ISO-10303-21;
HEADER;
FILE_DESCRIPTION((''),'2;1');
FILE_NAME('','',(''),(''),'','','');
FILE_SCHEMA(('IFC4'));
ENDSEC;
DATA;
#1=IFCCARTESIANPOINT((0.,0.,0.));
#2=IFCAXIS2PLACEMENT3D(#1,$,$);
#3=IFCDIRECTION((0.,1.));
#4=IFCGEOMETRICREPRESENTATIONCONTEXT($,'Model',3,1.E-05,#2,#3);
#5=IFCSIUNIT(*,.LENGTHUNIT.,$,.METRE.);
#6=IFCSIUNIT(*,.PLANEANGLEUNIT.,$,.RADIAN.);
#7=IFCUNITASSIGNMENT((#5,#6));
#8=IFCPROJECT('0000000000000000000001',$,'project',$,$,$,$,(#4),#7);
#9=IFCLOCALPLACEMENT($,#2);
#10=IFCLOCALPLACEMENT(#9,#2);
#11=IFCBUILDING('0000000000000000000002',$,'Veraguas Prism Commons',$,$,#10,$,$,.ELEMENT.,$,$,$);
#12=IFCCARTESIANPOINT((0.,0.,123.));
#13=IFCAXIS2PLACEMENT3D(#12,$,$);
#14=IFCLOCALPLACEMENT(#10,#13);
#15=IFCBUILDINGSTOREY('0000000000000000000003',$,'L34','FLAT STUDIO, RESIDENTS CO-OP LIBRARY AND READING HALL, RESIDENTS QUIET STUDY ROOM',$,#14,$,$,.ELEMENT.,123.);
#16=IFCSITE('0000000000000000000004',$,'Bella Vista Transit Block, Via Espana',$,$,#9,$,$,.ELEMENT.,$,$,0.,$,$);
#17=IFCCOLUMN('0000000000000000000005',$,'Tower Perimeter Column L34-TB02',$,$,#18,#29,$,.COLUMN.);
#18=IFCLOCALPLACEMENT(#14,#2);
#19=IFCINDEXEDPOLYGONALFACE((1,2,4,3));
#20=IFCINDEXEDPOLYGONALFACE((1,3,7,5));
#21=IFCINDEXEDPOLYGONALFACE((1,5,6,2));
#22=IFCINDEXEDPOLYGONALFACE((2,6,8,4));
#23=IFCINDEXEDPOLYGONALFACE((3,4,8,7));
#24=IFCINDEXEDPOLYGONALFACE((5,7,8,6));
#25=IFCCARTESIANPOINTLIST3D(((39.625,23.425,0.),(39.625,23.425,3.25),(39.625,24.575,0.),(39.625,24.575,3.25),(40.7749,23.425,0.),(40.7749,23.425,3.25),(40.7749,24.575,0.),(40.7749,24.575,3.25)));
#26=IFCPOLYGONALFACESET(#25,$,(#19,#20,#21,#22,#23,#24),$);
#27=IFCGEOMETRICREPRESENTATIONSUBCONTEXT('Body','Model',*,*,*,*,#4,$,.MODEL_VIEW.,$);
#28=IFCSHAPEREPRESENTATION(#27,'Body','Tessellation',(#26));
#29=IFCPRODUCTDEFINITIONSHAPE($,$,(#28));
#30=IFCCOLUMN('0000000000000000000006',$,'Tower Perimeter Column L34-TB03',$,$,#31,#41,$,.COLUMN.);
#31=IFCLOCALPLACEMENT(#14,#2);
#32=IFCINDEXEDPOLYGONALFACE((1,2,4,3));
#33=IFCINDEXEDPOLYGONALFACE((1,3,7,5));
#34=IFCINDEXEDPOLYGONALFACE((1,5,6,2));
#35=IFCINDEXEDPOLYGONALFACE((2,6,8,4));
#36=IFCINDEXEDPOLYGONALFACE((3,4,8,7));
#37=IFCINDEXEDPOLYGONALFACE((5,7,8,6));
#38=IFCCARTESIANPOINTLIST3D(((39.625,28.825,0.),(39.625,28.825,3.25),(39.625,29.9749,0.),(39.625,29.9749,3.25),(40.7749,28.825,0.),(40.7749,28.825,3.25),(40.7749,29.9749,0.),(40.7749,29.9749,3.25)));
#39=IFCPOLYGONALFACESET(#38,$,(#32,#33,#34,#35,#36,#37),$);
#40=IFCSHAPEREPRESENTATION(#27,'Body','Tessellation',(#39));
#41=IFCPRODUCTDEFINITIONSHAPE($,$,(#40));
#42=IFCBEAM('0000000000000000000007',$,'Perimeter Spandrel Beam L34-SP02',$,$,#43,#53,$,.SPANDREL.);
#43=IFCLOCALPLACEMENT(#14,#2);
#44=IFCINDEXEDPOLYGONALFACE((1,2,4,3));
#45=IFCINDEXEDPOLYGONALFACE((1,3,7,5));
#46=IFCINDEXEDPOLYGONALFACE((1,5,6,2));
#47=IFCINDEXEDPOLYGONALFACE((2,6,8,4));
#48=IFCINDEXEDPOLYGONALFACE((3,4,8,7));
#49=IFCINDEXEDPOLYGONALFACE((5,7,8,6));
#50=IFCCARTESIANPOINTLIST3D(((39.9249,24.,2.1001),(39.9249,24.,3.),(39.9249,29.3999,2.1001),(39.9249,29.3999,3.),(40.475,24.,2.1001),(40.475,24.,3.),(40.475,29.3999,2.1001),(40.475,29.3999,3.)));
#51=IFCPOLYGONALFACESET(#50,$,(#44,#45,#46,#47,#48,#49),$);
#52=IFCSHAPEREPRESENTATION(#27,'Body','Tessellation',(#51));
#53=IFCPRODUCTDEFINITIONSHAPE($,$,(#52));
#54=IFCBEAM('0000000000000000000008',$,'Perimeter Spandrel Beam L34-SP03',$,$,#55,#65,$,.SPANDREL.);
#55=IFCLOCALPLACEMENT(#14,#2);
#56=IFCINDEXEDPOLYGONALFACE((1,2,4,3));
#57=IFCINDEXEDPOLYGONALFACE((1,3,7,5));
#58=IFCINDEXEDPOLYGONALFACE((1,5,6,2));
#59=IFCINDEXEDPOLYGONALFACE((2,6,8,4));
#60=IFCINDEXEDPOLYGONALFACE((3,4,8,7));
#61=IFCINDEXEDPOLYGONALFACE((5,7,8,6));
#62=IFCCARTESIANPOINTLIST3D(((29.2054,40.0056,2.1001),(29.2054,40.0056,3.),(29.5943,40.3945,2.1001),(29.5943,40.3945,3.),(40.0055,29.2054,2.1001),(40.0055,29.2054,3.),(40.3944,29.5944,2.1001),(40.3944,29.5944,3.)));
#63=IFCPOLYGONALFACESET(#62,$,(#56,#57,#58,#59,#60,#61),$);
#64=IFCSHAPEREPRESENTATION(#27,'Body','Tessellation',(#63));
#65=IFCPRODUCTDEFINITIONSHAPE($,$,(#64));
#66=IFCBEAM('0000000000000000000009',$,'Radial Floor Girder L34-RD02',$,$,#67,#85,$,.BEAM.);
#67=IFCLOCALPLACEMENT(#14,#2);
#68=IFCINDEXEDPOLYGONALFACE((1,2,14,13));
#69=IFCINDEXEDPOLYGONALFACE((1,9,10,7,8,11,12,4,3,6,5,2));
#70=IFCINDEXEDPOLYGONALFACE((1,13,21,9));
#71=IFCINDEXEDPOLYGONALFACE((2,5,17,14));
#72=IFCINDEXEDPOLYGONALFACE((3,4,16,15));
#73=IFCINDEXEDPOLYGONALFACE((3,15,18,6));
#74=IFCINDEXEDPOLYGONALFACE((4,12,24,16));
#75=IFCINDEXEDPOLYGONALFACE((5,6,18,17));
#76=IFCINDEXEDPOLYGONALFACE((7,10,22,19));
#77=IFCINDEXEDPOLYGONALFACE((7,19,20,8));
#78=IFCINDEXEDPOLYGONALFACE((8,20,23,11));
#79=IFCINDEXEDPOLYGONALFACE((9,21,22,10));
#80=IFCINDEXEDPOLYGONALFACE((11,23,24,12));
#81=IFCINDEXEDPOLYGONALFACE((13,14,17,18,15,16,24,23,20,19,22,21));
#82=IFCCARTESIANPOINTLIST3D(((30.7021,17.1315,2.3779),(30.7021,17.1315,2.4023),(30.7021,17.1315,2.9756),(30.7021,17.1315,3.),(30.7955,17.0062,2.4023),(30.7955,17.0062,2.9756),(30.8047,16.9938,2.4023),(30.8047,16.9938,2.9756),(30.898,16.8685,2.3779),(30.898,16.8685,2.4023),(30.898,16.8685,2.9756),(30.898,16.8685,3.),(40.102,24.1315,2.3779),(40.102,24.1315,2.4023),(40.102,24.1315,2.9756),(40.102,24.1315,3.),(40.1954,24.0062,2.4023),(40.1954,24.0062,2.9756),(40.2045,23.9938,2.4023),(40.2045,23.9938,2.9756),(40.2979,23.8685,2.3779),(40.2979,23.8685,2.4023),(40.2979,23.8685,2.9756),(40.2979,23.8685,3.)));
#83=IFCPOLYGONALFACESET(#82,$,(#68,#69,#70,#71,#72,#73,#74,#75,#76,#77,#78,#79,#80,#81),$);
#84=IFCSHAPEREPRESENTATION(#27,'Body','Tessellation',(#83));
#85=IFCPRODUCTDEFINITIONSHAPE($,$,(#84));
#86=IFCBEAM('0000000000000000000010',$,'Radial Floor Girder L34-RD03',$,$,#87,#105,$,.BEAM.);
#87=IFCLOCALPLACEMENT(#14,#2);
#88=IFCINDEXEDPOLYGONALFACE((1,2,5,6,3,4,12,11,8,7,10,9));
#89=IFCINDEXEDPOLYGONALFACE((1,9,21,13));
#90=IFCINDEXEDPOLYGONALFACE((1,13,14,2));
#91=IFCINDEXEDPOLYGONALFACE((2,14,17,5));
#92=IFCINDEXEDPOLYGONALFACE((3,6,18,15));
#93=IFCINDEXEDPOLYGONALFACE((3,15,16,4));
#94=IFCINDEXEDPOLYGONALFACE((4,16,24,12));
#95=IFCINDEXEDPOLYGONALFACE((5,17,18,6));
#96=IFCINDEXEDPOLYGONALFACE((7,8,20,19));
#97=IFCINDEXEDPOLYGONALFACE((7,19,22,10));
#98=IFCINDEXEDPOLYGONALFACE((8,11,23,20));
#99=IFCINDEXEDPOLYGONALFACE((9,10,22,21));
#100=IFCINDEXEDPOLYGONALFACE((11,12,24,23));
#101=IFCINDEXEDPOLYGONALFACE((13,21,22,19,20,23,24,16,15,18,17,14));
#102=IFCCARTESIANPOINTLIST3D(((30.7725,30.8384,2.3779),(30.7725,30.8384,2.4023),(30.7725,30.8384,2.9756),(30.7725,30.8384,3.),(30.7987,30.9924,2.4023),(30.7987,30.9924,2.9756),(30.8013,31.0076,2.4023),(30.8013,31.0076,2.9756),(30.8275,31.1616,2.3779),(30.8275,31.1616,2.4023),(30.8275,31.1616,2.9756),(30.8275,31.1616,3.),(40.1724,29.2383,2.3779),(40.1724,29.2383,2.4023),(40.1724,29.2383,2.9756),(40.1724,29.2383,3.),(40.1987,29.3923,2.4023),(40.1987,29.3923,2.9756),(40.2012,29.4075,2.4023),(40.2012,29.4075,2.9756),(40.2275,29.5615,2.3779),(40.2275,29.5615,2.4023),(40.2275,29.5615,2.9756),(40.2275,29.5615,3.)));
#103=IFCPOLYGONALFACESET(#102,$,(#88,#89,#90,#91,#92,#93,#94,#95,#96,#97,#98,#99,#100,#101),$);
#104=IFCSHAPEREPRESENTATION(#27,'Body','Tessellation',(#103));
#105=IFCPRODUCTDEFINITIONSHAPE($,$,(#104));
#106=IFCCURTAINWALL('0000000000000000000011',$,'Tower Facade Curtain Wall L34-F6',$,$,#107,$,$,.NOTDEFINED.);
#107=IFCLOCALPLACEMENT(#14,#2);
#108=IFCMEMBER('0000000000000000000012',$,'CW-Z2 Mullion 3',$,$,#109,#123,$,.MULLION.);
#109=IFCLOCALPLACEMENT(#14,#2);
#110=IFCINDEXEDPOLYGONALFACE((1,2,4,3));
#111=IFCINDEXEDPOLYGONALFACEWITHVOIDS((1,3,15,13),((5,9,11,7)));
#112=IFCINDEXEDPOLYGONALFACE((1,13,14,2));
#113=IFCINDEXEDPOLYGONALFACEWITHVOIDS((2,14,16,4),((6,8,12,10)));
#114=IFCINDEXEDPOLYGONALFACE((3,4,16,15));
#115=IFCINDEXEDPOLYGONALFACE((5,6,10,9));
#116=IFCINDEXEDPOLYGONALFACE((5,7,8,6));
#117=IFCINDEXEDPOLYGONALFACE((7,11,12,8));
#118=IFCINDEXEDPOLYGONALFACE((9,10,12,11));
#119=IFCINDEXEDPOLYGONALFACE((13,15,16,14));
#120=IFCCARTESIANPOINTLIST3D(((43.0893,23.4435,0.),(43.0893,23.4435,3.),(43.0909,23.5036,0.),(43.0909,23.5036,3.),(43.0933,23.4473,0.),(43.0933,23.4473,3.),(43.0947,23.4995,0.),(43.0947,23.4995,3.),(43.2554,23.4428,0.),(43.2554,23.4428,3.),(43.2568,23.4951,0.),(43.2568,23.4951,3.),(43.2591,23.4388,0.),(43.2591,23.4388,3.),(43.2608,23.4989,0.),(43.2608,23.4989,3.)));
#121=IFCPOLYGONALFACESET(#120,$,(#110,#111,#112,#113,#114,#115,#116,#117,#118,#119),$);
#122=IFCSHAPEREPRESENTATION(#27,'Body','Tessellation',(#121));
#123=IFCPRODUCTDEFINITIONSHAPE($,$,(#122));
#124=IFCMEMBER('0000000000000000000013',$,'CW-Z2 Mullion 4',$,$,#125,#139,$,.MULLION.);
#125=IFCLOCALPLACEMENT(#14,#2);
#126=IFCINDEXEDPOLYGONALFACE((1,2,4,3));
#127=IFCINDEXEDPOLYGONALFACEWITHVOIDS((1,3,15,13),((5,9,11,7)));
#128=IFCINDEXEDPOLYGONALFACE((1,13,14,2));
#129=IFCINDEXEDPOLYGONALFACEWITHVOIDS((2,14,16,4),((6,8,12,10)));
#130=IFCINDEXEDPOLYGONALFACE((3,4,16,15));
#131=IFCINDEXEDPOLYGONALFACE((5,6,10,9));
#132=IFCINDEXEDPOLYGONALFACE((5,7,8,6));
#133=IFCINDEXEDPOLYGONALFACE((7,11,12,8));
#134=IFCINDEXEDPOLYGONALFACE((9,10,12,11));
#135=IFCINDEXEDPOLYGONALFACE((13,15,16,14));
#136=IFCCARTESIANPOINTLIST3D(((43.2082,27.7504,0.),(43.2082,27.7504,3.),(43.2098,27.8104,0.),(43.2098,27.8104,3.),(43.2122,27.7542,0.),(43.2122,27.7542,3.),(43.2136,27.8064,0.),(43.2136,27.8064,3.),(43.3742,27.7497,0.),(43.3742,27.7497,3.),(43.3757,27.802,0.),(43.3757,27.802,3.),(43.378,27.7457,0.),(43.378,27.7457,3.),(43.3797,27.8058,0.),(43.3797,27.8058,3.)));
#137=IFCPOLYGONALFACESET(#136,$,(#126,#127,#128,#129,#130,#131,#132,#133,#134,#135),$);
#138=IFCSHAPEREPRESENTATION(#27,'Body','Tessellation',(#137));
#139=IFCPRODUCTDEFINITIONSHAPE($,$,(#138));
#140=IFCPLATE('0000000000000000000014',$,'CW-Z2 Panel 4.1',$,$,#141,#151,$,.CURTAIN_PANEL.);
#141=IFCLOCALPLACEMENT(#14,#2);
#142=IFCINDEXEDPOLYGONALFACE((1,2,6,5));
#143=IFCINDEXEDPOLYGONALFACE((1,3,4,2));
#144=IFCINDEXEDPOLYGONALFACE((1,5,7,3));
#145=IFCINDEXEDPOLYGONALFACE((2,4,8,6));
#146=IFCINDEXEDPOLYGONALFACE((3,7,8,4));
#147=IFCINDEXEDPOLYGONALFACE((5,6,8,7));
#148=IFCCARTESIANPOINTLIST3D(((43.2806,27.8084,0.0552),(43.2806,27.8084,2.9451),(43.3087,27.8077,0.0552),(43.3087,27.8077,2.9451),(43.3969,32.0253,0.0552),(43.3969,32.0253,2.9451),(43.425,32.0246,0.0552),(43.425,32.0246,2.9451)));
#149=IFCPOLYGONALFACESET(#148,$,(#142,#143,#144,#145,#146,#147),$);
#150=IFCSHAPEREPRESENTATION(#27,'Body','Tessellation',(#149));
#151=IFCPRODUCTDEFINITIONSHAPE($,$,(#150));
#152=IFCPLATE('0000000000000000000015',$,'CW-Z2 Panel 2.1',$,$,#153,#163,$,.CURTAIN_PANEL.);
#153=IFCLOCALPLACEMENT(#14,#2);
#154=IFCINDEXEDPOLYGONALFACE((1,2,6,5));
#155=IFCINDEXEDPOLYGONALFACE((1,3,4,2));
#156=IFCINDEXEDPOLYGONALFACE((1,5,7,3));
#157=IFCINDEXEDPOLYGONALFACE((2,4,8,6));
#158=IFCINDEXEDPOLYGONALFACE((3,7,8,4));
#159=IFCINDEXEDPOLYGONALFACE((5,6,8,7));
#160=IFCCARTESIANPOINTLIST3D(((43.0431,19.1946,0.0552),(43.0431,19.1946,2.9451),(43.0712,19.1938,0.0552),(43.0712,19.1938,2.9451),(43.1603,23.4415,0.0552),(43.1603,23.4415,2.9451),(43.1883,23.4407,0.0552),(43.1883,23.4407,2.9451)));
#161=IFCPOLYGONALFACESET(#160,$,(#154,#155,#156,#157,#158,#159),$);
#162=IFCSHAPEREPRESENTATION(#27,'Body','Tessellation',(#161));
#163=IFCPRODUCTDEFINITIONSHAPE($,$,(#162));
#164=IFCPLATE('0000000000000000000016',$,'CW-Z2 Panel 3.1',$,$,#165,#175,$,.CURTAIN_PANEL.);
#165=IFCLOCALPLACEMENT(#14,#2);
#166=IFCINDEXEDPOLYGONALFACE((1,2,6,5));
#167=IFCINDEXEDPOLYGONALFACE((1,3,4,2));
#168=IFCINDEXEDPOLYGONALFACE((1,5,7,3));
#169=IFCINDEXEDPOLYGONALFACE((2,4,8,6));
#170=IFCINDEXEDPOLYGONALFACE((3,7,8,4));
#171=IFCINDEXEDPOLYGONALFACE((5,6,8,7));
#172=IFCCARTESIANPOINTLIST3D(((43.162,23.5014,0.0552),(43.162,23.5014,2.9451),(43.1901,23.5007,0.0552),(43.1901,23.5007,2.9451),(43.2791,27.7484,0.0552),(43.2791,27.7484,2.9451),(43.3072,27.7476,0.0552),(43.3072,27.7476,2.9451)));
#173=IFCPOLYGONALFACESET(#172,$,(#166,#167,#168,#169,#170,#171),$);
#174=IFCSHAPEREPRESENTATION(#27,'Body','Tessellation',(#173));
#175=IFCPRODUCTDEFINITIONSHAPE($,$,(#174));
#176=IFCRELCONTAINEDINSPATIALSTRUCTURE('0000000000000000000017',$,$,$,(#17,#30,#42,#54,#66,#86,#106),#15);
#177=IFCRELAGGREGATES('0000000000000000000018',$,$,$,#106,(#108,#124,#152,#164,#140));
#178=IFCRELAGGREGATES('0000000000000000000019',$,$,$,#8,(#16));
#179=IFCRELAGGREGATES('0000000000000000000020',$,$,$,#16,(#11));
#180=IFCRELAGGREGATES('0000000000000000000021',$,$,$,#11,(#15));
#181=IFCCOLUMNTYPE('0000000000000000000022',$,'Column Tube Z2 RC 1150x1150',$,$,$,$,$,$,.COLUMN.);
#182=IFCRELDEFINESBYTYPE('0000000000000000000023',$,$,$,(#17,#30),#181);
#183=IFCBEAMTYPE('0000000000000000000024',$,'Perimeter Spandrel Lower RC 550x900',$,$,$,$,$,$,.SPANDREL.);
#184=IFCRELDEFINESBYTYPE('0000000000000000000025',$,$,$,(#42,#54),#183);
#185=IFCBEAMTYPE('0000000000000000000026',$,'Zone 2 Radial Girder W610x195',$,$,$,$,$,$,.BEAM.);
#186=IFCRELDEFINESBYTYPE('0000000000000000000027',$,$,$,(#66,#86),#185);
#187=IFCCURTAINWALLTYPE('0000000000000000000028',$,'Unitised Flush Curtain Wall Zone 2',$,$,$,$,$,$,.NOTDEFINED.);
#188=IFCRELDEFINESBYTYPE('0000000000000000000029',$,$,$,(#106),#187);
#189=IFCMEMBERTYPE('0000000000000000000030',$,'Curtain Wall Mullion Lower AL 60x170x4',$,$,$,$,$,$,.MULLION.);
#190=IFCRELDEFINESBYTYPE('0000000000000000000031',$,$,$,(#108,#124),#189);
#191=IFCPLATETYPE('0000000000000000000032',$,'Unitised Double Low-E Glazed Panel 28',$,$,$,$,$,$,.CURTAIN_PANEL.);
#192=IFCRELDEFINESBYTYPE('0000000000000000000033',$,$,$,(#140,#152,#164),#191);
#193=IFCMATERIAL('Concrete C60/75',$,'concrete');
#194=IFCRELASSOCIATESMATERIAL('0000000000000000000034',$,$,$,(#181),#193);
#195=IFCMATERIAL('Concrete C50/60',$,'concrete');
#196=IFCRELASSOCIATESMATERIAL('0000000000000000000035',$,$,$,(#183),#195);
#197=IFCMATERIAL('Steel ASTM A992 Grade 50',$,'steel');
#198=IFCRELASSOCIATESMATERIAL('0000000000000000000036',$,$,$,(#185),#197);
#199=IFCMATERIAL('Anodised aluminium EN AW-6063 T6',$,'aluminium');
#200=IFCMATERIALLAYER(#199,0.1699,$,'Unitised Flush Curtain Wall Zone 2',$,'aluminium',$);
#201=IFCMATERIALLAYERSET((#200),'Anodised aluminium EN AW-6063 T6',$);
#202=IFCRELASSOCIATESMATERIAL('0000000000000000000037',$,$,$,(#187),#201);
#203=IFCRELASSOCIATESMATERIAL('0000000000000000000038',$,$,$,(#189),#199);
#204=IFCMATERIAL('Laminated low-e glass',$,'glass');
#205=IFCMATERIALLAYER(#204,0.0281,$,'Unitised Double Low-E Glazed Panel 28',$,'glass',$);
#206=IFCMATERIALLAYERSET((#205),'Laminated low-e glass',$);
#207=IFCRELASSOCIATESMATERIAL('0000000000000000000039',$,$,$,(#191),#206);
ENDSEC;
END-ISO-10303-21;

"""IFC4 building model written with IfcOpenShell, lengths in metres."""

from ifc_helpers import new_model, si_unit, direction, frame, origin, origin_2d, place, context, subcontext, project, spatial, rectangle, hollow_rectangle, i_section, extrude, source, transform, mapped, material, layer, layer_set, material_profile, profile_set, type_object, element, aggregate, save


model = new_model("IFC4")

# Units and contexts
model_context = context("Model", 3, precision=1e-05, world=origin(), true_north=direction((0.0, 1.0)))
body_context = subcontext(model_context, "Body", "Model", "MODEL_VIEW")
ifc_project = project(units=[si_unit("LENGTHUNIT", "METRE"), si_unit("PLANEANGLEUNIT", "RADIAN")], contexts=[model_context])

# Site, building, storey
site_placement = place(None, origin())
site = spatial("IfcSite", under=ifc_project, at=site_placement, Name="Bella Vista Transit Block, Via Espana", CompositionType="ELEMENT", RefElevation=0.0)
building_placement = place(site_placement, origin())
building = spatial("IfcBuilding", under=site, at=building_placement, Name="Veraguas Prism Commons", CompositionType="ELEMENT")
storey_placement = place(building_placement, frame((0.0, 0.0, 123.0)))
storey = spatial("IfcBuildingStorey", under=building, at=storey_placement, Name="L34", Description="FLAT STUDIO, RESIDENTS CO-OP LIBRARY AND READING HALL, RESIDENTS QUIET STUDY ROOM", CompositionType="ELEMENT", Elevation=123.0)

# Columns
ifc_material_1 = material(Name="Concrete C60/75", Category="concrete")
ifc_material_profile_1 = material_profile(ifc_material_1, rectangle(XDim=1.1499, YDim=1.1499, at=origin_2d()), Name="RC1150X1150")
ifc_profile_set_1 = profile_set([ifc_material_profile_1], Name="Concrete C60/75")
column_type = type_object("IfcColumnType", Name="Column Tube Z2 RC 1150x1150", PredefinedType="COLUMN", material=ifc_profile_set_1)
for number, where, z_axis, x_axis, name in (
    (1, (40.2, 24.0, 0.0), (0.0, 0.0, 1.0), (1.0, 0.0, 0.0), "Tower Perimeter Column L34-TB02"),
    (2, (40.2, 29.3999, 0.0), (0.0, 0.0, 1.0), (1.0, 0.0, 0.0), "Tower Perimeter Column L34-TB03"),
):
    element("IfcColumn", number, at=place(storey_placement, frame(where, z_axis=z_axis, x_axis=x_axis)), inside=storey, type_object=column_type, Name=name, PredefinedType="COLUMN", context=body_context, shape_type="SweptSolid", body=[
        extrude(rectangle(XDim=1.1499, YDim=1.1499, at=origin_2d()), origin(), (0.0, 0.0, 1.0), 3.25),
    ])

# Beams
ifc_material_2 = material(Name="Concrete C50/60", Category="concrete")
ifc_material_profile_2 = material_profile(ifc_material_2, rectangle(XDim=0.55, YDim=0.8999, at=origin_2d()), Name="RC550X900")
ifc_profile_set_2 = profile_set([ifc_material_profile_2], Name="Concrete C50/60")
beam_type_1 = type_object("IfcBeamType", Name="Perimeter Spandrel Lower RC 550x900", PredefinedType="SPANDREL", material=ifc_profile_set_2)
beam_1_placement = place(storey_placement, frame((40.2, 24.0, 2.55), z_axis=(0.0, 1.0, 0.0), x_axis=(-1.0, 0.0, 0.0)))
element("IfcBeam", 3, at=beam_1_placement, inside=storey, type_object=beam_type_1, Name="Perimeter Spandrel Beam L34-SP02", PredefinedType="SPANDREL", context=body_context, shape_type="SweptSolid", body=[
    extrude(rectangle(XDim=0.55, YDim=0.8999, at=origin_2d()), origin(), (0.0, 0.0, 1.0), 5.3999),
])
beam_2_placement = place(storey_placement, frame((40.2, 29.3999, 2.55), z_axis=(-0.707107, 0.707107, 0.0), x_axis=(-0.707107, -0.707107, 0.0)))
element("IfcBeam", 4, at=beam_2_placement, inside=storey, type_object=beam_type_1, Name="Perimeter Spandrel Beam L34-SP03", PredefinedType="SPANDREL", context=body_context, shape_type="SweptSolid", body=[
    extrude(rectangle(XDim=0.55, YDim=0.8999, at=origin_2d()), origin(), (0.0, 0.0, 1.0), 15.2737),
])
ifc_material_3 = material(Name="Steel ASTM A992 Grade 50", Category="steel")
ifc_material_profile_3 = material_profile(ifc_material_3, i_section(OverallWidth=0.3279, OverallDepth=0.6221, WebThickness=0.0154, FlangeThickness=0.0244, at=origin_2d()), Name="W610X195")
ifc_profile_set_3 = profile_set([ifc_material_profile_3], Name="Steel ASTM A992 Grade 50")
beam_type_2 = type_object("IfcBeamType", Name="Zone 2 Radial Girder W610x195", PredefinedType="BEAM", material=ifc_profile_set_3)
beam_3_placement = place(storey_placement, frame((40.2, 24.0, 2.689), z_axis=(-0.80204, -0.59727, 0.0), x_axis=(0.59727, -0.80204, 0.0)))
element("IfcBeam", 5, at=beam_3_placement, inside=storey, type_object=beam_type_2, Name="Radial Floor Girder L34-RD02", PredefinedType="BEAM", context=body_context, shape_type="SweptSolid", body=[
    extrude(i_section(OverallWidth=0.3279, OverallDepth=0.6221, WebThickness=0.0154, FlangeThickness=0.0244, at=origin_2d()), origin(), (0.0, 0.0, 1.0), 11.72),
])
beam_4_placement = place(storey_placement, frame((40.2, 29.3999, 2.689), z_axis=(-0.985819, 0.167811, 0.0), x_axis=(-0.167811, -0.985819, 0.0)))
element("IfcBeam", 6, at=beam_4_placement, inside=storey, type_object=beam_type_2, Name="Radial Floor Girder L34-RD03", PredefinedType="BEAM", context=body_context, shape_type="SweptSolid", body=[
    extrude(i_section(OverallWidth=0.3279, OverallDepth=0.6221, WebThickness=0.0154, FlangeThickness=0.0244, at=origin_2d()), origin(), (0.0, 0.0, 1.0), 9.5352),
])

# Curtain wall, members, plates
ifc_material_4 = material(Name="Anodised aluminium EN AW-6063 T6", Category="aluminium")
ifc_layer_1 = layer(ifc_material_4, 0.1699, Name="Unitised Flush Curtain Wall Zone 2", Category="aluminium")
ifc_layer_set_1 = layer_set([ifc_layer_1], Name="Anodised aluminium EN AW-6063 T6")
curtain_wall_type = type_object("IfcCurtainWallType", Name="Unitised Flush Curtain Wall Zone 2", PredefinedType="NOTDEFINED", material=ifc_layer_set_1)
curtain_wall_placement = place(storey_placement, origin())
curtain_wall = element("IfcCurtainWall", 7, at=curtain_wall_placement, inside=storey, type_object=curtain_wall_type, Name="Tower Facade Curtain Wall L34-F6", PredefinedType="NOTDEFINED")
ifc_material_profile_4 = material_profile(ifc_material_4, hollow_rectangle(XDim=0.0601, YDim=0.1699, WallThickness=0.0039, at=origin_2d()), Name="AL60X170X4")
ifc_profile_set_4 = profile_set([ifc_material_profile_4], Name="Anodised aluminium EN AW-6063 T6")
member_type = type_object("IfcMemberType", Name="Curtain Wall Mullion Lower AL 60x170x4", PredefinedType="MULLION", material=ifc_profile_set_4)
shared_shape_1 = source(origin(), body_context, "Body", "SweptSolid", [
    extrude(hollow_rectangle(XDim=0.0601, YDim=0.1699, WallThickness=0.0039, at=origin_2d()), origin(), (0.0, 0.0, 1.0), 3.0),
])
member_1_placement = place(storey_placement, frame((43.175, 23.4712, 0.0), z_axis=(0.0, 0.0, 1.0), x_axis=(0.027567, 0.99962, 0.0)))
member_1 = element("IfcMember", 8, at=member_1_placement, type_object=member_type, Name="CW-Z2 Mullion 3", PredefinedType="MULLION", context=body_context, shape_type="MappedRepresentation", body=[
    mapped(shared_shape_1, transform((0.0, 0.0, 0.0), scale=1.0)),
])
member_2_placement = place(storey_placement, frame((43.2939, 27.7781, 0.0), z_axis=(0.0, 0.0, 1.0), x_axis=(0.027567, 0.99962, 0.0)))
member_2 = element("IfcMember", 9, at=member_2_placement, type_object=member_type, Name="CW-Z2 Mullion 4", PredefinedType="MULLION", context=body_context, shape_type="MappedRepresentation", body=[
    mapped(shared_shape_1, transform((0.0, 0.0, 0.0), scale=1.0)),
])
ifc_material_5 = material(Name="Laminated low-e glass", Category="glass")
ifc_layer_2 = layer(ifc_material_5, 0.0281, Name="Unitised Double Low-E Glazed Panel 28", Category="glass")
ifc_layer_set_2 = layer_set([ifc_layer_2], Name="Laminated low-e glass")
plate_type = type_object("IfcPlateType", Name="Unitised Double Low-E Glazed Panel 28", PredefinedType="CURTAIN_PANEL", material=ifc_layer_set_2)
shared_shape_2 = source(origin(), body_context, "Body", "SweptSolid", [
    extrude(rectangle(XDim=4.2185, YDim=0.0281, at=origin_2d()), origin(), (0.0, 0.0, 1.0), 2.8899),
])
plate_1_placement = place(storey_placement, frame((43.3528, 29.9165, 0.0552), z_axis=(0.0, 0.0, 1.0), x_axis=(0.027567, 0.99962, 0.0)))
plate_1 = element("IfcPlate", 10, at=plate_1_placement, type_object=plate_type, Name="CW-Z2 Panel 4.1", PredefinedType="CURTAIN_PANEL", context=body_context, shape_type="MappedRepresentation", body=[
    mapped(shared_shape_2, transform((0.0, 0.0, 0.0), scale=1.0)),
])
shared_shape_3 = source(origin(), body_context, "Body", "SweptSolid", [
    extrude(rectangle(XDim=4.2485, YDim=0.0281, at=origin_2d()), origin(), (0.0, 0.0, 1.0), 2.8899),
])
plate_2_placement = place(storey_placement, frame((43.1157, 21.3176, 0.0552), z_axis=(0.0, 0.0, 1.0), x_axis=(0.027567, 0.99962, 0.0)))
plate_2 = element("IfcPlate", 11, at=plate_2_placement, type_object=plate_type, Name="CW-Z2 Panel 2.1", PredefinedType="CURTAIN_PANEL", context=body_context, shape_type="MappedRepresentation", body=[
    mapped(shared_shape_3, transform((0.0, 0.0, 0.0), scale=1.0)),
])
plate_3_placement = place(storey_placement, frame((43.2346, 25.6245, 0.0552), z_axis=(0.0, 0.0, 1.0), x_axis=(0.027567, 0.99962, 0.0)))
plate_3 = element("IfcPlate", 12, at=plate_3_placement, type_object=plate_type, Name="CW-Z2 Panel 3.1", PredefinedType="CURTAIN_PANEL", context=body_context, shape_type="MappedRepresentation", body=[
    mapped(shared_shape_3, transform((0.0, 0.0, 0.0), scale=1.0)),
])
aggregate(curtain_wall, [member_1, member_2, plate_2, plate_3, plate_1])

save(model, "model.ifc")
